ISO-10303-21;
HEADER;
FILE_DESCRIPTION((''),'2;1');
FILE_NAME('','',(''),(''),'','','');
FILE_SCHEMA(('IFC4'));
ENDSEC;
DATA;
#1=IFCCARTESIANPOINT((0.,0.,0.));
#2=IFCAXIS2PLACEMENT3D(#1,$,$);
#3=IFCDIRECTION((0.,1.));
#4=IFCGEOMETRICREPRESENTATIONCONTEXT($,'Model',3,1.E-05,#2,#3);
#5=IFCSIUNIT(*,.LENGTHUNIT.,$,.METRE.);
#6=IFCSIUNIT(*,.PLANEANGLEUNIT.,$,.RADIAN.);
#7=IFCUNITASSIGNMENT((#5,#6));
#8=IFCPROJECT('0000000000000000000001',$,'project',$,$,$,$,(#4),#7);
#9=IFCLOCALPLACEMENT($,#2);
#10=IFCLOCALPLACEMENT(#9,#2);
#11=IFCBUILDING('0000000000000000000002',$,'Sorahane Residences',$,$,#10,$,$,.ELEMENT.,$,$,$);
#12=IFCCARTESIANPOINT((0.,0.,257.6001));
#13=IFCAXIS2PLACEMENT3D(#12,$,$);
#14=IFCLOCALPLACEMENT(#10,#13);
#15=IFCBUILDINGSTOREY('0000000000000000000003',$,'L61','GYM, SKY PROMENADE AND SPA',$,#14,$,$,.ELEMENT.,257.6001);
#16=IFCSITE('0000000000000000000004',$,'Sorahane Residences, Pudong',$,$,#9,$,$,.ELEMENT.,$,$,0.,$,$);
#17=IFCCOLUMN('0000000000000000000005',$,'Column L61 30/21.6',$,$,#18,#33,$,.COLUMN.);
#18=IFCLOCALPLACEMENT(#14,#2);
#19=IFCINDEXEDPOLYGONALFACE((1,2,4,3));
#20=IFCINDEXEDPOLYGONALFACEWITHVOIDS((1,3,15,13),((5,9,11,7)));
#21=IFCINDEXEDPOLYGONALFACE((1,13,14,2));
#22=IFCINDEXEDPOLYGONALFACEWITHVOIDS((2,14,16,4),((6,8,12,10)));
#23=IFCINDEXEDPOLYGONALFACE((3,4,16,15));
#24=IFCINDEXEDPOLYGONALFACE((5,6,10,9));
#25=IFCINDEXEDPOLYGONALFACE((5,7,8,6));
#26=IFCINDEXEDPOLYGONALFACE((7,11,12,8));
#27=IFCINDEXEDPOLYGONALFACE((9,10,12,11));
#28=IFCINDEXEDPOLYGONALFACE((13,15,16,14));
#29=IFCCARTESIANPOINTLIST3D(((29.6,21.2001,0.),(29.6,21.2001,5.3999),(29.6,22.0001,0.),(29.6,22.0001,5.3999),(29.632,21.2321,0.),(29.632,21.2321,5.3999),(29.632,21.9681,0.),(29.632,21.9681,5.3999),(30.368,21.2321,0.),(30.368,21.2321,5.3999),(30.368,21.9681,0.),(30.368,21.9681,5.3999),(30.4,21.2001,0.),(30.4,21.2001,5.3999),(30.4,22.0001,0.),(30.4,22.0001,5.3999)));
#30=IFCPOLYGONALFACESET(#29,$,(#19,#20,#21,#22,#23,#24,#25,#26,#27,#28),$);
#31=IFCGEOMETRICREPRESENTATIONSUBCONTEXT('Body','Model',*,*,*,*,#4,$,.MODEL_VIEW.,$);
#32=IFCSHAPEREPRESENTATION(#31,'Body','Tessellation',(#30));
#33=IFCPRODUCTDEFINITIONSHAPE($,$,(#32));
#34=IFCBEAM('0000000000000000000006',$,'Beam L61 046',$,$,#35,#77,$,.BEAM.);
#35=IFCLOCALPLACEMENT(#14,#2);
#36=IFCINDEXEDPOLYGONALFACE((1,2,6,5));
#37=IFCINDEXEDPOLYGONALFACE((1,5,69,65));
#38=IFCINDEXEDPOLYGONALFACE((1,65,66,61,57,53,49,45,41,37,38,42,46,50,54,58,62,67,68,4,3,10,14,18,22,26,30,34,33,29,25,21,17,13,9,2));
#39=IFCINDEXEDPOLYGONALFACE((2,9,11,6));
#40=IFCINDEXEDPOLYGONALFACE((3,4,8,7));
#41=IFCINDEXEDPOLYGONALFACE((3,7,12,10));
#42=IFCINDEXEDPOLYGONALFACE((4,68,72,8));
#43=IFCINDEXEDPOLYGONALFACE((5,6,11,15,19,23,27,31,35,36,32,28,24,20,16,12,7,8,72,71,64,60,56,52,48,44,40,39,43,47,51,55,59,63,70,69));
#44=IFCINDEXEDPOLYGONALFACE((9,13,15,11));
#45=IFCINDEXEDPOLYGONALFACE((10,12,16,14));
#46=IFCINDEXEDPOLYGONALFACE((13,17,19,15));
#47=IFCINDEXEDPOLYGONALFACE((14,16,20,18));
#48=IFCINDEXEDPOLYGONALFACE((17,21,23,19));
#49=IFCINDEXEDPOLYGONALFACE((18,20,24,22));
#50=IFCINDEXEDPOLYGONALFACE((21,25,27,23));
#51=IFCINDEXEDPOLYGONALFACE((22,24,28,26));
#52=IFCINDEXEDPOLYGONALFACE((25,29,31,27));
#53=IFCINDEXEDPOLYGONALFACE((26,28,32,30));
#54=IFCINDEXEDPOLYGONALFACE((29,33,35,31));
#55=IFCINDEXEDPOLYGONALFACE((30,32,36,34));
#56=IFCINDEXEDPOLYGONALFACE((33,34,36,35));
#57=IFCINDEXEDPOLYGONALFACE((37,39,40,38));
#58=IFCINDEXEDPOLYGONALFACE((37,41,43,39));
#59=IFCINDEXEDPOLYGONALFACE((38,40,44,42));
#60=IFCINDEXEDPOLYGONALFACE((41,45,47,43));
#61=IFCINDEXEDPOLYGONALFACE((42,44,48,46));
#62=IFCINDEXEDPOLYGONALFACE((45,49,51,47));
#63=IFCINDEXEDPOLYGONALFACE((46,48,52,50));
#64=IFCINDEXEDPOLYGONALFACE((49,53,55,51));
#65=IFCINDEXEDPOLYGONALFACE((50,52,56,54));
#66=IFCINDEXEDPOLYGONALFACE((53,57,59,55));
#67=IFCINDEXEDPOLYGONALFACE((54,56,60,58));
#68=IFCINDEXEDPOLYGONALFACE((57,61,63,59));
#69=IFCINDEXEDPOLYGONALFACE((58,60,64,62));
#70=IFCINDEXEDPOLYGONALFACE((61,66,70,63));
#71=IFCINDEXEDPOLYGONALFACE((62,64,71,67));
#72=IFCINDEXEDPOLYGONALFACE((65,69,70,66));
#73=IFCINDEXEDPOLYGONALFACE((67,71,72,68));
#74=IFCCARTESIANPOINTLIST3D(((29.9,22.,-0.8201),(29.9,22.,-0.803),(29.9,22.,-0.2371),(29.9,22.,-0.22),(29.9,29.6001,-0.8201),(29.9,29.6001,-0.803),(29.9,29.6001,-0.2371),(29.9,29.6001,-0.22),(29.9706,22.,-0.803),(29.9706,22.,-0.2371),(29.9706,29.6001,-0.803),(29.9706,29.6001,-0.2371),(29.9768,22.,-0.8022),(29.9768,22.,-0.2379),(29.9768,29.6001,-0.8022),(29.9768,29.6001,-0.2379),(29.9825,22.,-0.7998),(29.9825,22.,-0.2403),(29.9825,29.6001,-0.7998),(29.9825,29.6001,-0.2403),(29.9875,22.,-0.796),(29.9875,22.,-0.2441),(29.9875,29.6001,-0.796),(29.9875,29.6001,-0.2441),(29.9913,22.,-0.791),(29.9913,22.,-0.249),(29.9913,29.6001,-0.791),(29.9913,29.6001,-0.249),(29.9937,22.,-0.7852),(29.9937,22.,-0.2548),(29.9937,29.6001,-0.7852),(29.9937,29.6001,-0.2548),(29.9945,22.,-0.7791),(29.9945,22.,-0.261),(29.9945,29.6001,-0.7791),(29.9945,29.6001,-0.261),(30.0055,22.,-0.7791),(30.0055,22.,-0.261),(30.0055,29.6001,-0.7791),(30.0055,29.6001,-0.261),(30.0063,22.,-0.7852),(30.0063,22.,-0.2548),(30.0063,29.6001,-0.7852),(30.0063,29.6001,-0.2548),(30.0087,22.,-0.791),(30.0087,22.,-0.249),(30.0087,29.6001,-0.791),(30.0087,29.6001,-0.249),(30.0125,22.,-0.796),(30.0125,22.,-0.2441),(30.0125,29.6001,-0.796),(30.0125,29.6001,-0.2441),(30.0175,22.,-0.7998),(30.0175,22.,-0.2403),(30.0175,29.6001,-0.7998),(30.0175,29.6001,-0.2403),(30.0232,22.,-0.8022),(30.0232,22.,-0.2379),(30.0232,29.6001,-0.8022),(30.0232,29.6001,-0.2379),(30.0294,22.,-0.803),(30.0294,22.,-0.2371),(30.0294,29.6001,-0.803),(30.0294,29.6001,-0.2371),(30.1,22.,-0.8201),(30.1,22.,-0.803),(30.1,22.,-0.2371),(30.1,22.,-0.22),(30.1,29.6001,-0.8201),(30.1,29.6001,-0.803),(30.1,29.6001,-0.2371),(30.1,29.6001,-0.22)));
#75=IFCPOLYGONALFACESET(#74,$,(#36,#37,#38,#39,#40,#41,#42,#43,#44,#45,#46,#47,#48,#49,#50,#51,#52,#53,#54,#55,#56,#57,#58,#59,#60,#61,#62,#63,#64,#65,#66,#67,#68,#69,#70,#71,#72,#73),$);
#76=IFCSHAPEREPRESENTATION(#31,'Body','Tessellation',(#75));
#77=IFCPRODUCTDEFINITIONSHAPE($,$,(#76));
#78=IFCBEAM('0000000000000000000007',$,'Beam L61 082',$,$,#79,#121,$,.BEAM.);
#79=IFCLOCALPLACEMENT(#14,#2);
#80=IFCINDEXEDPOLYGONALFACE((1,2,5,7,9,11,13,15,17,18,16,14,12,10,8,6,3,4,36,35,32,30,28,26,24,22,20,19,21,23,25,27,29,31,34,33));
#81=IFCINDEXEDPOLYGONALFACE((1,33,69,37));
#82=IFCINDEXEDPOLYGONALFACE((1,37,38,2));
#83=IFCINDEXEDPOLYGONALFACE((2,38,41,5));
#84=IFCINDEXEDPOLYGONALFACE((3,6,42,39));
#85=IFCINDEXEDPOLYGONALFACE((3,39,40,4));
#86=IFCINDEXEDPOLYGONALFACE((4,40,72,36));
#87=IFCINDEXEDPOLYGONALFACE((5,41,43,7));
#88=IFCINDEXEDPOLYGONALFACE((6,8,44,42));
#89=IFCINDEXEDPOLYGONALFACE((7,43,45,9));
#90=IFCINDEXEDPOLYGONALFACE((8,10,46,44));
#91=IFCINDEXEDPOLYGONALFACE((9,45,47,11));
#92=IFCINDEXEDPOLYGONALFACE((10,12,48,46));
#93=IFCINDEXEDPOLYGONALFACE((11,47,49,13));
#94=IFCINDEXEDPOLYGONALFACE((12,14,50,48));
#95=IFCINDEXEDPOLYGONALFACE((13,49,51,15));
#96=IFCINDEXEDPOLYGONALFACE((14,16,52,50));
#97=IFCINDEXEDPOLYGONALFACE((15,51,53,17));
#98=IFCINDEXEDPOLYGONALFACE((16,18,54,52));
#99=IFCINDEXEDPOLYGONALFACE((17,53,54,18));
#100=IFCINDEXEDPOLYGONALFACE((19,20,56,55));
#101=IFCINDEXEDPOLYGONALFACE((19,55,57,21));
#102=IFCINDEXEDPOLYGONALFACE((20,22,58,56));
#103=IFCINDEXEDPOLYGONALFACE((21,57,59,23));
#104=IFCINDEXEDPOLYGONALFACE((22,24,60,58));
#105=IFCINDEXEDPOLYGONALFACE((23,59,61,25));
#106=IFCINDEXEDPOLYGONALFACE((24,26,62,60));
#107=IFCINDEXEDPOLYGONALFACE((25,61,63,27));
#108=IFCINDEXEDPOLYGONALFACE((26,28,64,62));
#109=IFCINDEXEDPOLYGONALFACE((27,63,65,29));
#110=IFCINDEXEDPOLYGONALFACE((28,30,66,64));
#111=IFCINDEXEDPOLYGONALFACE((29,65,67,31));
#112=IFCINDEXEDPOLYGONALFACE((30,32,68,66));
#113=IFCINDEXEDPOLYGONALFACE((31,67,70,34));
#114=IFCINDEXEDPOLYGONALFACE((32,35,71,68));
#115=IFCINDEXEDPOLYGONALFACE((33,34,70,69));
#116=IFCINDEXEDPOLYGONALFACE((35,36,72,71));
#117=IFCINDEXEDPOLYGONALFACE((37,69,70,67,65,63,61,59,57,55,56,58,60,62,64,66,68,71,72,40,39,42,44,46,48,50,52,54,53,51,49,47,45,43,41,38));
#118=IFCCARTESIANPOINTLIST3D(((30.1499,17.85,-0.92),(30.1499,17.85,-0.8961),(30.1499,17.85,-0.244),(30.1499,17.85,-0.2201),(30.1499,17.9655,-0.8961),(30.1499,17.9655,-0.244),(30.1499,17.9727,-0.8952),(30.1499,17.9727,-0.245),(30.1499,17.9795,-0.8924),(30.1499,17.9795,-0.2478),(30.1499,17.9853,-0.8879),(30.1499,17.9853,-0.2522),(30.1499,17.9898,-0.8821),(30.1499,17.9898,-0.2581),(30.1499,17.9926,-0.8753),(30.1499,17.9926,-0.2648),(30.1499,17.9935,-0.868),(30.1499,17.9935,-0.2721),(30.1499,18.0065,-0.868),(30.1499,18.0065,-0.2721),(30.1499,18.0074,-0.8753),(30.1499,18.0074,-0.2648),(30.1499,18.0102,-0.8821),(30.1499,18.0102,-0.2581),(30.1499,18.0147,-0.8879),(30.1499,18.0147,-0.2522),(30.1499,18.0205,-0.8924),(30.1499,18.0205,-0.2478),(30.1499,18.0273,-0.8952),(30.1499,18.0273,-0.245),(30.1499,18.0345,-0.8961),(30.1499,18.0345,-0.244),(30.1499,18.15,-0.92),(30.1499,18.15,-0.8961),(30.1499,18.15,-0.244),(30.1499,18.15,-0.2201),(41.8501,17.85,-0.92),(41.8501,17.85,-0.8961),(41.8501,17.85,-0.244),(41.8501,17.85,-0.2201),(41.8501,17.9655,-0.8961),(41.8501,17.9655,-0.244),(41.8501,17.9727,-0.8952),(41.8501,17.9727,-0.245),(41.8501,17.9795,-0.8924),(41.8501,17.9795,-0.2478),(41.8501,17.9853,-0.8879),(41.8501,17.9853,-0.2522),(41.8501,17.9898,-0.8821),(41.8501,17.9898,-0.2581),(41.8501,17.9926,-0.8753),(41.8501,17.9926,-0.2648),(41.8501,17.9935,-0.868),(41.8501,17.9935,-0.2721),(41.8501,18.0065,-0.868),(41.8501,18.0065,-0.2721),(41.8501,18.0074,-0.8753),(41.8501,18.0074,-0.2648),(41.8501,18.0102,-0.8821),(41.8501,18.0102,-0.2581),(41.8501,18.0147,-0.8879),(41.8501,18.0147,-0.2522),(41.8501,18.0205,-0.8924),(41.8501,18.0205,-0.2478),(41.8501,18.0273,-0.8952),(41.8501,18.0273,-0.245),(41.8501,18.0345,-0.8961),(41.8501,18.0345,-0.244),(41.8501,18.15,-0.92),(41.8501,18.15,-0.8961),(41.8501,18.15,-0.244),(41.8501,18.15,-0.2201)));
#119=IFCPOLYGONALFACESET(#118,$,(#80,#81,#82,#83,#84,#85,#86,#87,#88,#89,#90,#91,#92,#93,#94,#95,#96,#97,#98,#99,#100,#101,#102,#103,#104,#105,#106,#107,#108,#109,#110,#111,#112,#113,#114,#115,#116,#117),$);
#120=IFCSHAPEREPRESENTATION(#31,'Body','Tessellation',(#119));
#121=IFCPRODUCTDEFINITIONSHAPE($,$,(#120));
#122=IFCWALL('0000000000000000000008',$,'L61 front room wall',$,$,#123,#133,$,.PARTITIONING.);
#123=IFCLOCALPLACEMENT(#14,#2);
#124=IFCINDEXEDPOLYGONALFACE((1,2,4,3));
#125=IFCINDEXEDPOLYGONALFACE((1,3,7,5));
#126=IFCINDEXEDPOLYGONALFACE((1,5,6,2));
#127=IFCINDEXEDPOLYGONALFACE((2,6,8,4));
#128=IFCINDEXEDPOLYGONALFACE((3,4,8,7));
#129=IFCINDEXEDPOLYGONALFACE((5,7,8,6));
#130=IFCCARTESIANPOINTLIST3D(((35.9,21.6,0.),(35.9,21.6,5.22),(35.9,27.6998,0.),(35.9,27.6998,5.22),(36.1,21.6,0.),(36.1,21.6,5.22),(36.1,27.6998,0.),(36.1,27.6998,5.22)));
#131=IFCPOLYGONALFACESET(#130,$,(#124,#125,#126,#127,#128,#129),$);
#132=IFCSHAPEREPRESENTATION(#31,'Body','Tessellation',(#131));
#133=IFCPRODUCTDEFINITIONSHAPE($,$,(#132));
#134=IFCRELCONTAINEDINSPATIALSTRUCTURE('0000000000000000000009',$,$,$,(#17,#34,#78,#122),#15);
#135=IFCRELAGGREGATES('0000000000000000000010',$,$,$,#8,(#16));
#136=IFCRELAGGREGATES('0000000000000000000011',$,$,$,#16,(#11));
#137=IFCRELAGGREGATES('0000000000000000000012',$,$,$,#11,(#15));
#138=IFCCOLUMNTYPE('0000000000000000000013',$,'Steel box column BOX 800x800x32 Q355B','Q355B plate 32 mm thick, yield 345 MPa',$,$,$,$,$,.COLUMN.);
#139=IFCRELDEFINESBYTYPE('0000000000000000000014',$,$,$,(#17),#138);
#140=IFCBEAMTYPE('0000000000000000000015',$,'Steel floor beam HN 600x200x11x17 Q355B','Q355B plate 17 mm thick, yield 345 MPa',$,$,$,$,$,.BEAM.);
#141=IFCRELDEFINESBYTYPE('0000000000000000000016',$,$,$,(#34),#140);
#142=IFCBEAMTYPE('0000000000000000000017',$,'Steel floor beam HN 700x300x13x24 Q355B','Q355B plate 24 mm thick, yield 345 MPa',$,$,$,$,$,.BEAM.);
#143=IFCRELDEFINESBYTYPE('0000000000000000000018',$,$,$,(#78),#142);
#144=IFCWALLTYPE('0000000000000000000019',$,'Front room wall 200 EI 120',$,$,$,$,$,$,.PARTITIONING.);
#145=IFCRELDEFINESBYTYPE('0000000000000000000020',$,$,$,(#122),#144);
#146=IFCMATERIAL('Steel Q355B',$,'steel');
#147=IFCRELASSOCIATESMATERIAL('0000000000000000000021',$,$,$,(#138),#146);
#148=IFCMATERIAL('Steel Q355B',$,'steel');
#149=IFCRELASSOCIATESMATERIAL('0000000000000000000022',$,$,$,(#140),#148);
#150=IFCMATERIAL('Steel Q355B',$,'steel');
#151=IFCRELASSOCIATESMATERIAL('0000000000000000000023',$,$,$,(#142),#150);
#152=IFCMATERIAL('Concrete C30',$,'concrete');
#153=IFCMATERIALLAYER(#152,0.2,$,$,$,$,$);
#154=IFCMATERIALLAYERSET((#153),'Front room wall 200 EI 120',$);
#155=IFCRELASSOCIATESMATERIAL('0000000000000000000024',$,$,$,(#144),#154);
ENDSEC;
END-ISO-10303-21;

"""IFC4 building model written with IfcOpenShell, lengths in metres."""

from ifc_helpers import new_model, si_unit, direction, frame, frame_2d, origin, origin_2d, place, context, subcontext, project, spatial, rectangle, hollow_rectangle, i_section, extrude, material, layer, layer_set, material_profile, profile_set, type_object, element, save


model = new_model("IFC4")

# Units and contexts
model_context = context("Model", 3, precision=1e-05, world=origin(), true_north=direction((0.0, 1.0)))
body_context = subcontext(model_context, "Body", "Model", "MODEL_VIEW")
ifc_project = project(units=[si_unit("LENGTHUNIT", "METRE"), si_unit("PLANEANGLEUNIT", "RADIAN")], contexts=[model_context])

# Site, building, storey
site_placement = place(None, origin())
site = spatial("IfcSite", under=ifc_project, at=site_placement, Name="Sorahane Residences, Pudong", CompositionType="ELEMENT", RefElevation=0.0)
building_placement = place(site_placement, origin())
building = spatial("IfcBuilding", under=site, at=building_placement, Name="Sorahane Residences", CompositionType="ELEMENT")
storey_placement = place(building_placement, frame((0.0, 0.0, 257.6001)))
storey = spatial("IfcBuildingStorey", under=building, at=storey_placement, Name="L61", Description="GYM, SKY PROMENADE AND SPA", CompositionType="ELEMENT", Elevation=257.6001)

# Column
ifc_material_1 = material(Name="Steel Q355B", Category="steel")
ifc_material_profile_1 = material_profile(ifc_material_1, hollow_rectangle(XDim=0.8, YDim=0.8, WallThickness=0.032, at=origin_2d()), Name="BOX 800x800x32")
ifc_profile_set_1 = profile_set([ifc_material_profile_1], Name="Steel Q355B")
column_type = type_object("IfcColumnType", Name="Steel box column BOX 800x800x32 Q355B", Description="Q355B plate 32 mm thick, yield 345 MPa", PredefinedType="COLUMN", material=ifc_profile_set_1)
column_placement = place(storey_placement, frame((30.0, 21.6001, 0.0), z_axis=(0.0, 0.0, 1.0), x_axis=(1.0, 0.0, 0.0)))
element("IfcColumn", 1, at=column_placement, inside=storey, type_object=column_type, Name="Column L61 30/21.6", PredefinedType="COLUMN", context=body_context, shape_type="SweptSolid", body=[
    extrude(hollow_rectangle(XDim=0.8, YDim=0.8, WallThickness=0.032, at=origin_2d()), origin(), (0.0, 0.0, 1.0), 5.3999),
])

# Beams
ifc_material_2 = material(Name="Steel Q355B", Category="steel")
ifc_material_profile_2 = material_profile(ifc_material_2, i_section(OverallWidth=0.2, OverallDepth=0.6001, WebThickness=0.011, FlangeThickness=0.0171, FilletRadius=0.0239, at=origin_2d()), Name="HN 600x200x11x17")
ifc_profile_set_2 = profile_set([ifc_material_profile_2], Name="Steel Q355B")
beam_type_1 = type_object("IfcBeamType", Name="Steel floor beam HN 600x200x11x17 Q355B", Description="Q355B plate 17 mm thick, yield 345 MPa", PredefinedType="BEAM", material=ifc_profile_set_2)
beam_1_placement = place(storey_placement, frame((30.0, 22.0, -0.52), z_axis=(0.0, 1.0, 0.0), x_axis=(-1.0, 0.0, 0.0)))
element("IfcBeam", 2, at=beam_1_placement, inside=storey, type_object=beam_type_1, Name="Beam L61 046", PredefinedType="BEAM", context=body_context, shape_type="SweptSolid", body=[
    extrude(i_section(OverallWidth=0.2, OverallDepth=0.6001, WebThickness=0.011, FlangeThickness=0.0171, FilletRadius=0.0239, at=origin_2d()), origin(), (0.0, 0.0, 1.0), 7.6001),
])
ifc_material_3 = material(Name="Steel Q355B", Category="steel")
ifc_material_profile_3 = material_profile(ifc_material_3, i_section(OverallWidth=0.3, OverallDepth=0.7, WebThickness=0.0129, FlangeThickness=0.0239, FilletRadius=0.0281, at=origin_2d()), Name="HN 700x300x13x24")
ifc_profile_set_3 = profile_set([ifc_material_profile_3], Name="Steel Q355B")
beam_type_2 = type_object("IfcBeamType", Name="Steel floor beam HN 700x300x13x24 Q355B", Description="Q355B plate 24 mm thick, yield 345 MPa", PredefinedType="BEAM", material=ifc_profile_set_3)
beam_2_placement = place(storey_placement, frame((30.1499, 18.0, -0.5701), z_axis=(1.0, 0.0, 0.0), x_axis=(0.0, 1.0, 0.0)))
element("IfcBeam", 3, at=beam_2_placement, inside=storey, type_object=beam_type_2, Name="Beam L61 082", PredefinedType="BEAM", context=body_context, shape_type="SweptSolid", body=[
    extrude(i_section(OverallWidth=0.3, OverallDepth=0.7, WebThickness=0.0129, FlangeThickness=0.0239, FilletRadius=0.0281, at=origin_2d()), origin(), (0.0, 0.0, 1.0), 11.7002),
])

# Wall
ifc_material_4 = material(Name="Concrete C30", Category="concrete")
ifc_layer_1 = layer(ifc_material_4, 0.2)
ifc_layer_set_1 = layer_set([ifc_layer_1], Name="Front room wall 200 EI 120")
wall_type_1 = type_object("IfcWallType", Name="Front room wall 200 EI 120", PredefinedType="PARTITIONING", material=ifc_layer_set_1)
wall_1_placement = place(storey_placement, frame((36.0, 21.6001, 0.0), z_axis=(0.0, 0.0, 1.0), x_axis=(0.0, 1.0, 0.0)))
element("IfcWall", 4, at=wall_1_placement, inside=storey, type_object=wall_type_1, Name="L61 front room wall", PredefinedType="PARTITIONING", context=body_context, shape_type="SweptSolid", body=[
    extrude(rectangle(XDim=6.0999, YDim=0.2, at=frame_2d((3.0498, 0.0))), origin(), (0.0, 0.0, 1.0), 5.22),
])

save(model, "model.ifc")
